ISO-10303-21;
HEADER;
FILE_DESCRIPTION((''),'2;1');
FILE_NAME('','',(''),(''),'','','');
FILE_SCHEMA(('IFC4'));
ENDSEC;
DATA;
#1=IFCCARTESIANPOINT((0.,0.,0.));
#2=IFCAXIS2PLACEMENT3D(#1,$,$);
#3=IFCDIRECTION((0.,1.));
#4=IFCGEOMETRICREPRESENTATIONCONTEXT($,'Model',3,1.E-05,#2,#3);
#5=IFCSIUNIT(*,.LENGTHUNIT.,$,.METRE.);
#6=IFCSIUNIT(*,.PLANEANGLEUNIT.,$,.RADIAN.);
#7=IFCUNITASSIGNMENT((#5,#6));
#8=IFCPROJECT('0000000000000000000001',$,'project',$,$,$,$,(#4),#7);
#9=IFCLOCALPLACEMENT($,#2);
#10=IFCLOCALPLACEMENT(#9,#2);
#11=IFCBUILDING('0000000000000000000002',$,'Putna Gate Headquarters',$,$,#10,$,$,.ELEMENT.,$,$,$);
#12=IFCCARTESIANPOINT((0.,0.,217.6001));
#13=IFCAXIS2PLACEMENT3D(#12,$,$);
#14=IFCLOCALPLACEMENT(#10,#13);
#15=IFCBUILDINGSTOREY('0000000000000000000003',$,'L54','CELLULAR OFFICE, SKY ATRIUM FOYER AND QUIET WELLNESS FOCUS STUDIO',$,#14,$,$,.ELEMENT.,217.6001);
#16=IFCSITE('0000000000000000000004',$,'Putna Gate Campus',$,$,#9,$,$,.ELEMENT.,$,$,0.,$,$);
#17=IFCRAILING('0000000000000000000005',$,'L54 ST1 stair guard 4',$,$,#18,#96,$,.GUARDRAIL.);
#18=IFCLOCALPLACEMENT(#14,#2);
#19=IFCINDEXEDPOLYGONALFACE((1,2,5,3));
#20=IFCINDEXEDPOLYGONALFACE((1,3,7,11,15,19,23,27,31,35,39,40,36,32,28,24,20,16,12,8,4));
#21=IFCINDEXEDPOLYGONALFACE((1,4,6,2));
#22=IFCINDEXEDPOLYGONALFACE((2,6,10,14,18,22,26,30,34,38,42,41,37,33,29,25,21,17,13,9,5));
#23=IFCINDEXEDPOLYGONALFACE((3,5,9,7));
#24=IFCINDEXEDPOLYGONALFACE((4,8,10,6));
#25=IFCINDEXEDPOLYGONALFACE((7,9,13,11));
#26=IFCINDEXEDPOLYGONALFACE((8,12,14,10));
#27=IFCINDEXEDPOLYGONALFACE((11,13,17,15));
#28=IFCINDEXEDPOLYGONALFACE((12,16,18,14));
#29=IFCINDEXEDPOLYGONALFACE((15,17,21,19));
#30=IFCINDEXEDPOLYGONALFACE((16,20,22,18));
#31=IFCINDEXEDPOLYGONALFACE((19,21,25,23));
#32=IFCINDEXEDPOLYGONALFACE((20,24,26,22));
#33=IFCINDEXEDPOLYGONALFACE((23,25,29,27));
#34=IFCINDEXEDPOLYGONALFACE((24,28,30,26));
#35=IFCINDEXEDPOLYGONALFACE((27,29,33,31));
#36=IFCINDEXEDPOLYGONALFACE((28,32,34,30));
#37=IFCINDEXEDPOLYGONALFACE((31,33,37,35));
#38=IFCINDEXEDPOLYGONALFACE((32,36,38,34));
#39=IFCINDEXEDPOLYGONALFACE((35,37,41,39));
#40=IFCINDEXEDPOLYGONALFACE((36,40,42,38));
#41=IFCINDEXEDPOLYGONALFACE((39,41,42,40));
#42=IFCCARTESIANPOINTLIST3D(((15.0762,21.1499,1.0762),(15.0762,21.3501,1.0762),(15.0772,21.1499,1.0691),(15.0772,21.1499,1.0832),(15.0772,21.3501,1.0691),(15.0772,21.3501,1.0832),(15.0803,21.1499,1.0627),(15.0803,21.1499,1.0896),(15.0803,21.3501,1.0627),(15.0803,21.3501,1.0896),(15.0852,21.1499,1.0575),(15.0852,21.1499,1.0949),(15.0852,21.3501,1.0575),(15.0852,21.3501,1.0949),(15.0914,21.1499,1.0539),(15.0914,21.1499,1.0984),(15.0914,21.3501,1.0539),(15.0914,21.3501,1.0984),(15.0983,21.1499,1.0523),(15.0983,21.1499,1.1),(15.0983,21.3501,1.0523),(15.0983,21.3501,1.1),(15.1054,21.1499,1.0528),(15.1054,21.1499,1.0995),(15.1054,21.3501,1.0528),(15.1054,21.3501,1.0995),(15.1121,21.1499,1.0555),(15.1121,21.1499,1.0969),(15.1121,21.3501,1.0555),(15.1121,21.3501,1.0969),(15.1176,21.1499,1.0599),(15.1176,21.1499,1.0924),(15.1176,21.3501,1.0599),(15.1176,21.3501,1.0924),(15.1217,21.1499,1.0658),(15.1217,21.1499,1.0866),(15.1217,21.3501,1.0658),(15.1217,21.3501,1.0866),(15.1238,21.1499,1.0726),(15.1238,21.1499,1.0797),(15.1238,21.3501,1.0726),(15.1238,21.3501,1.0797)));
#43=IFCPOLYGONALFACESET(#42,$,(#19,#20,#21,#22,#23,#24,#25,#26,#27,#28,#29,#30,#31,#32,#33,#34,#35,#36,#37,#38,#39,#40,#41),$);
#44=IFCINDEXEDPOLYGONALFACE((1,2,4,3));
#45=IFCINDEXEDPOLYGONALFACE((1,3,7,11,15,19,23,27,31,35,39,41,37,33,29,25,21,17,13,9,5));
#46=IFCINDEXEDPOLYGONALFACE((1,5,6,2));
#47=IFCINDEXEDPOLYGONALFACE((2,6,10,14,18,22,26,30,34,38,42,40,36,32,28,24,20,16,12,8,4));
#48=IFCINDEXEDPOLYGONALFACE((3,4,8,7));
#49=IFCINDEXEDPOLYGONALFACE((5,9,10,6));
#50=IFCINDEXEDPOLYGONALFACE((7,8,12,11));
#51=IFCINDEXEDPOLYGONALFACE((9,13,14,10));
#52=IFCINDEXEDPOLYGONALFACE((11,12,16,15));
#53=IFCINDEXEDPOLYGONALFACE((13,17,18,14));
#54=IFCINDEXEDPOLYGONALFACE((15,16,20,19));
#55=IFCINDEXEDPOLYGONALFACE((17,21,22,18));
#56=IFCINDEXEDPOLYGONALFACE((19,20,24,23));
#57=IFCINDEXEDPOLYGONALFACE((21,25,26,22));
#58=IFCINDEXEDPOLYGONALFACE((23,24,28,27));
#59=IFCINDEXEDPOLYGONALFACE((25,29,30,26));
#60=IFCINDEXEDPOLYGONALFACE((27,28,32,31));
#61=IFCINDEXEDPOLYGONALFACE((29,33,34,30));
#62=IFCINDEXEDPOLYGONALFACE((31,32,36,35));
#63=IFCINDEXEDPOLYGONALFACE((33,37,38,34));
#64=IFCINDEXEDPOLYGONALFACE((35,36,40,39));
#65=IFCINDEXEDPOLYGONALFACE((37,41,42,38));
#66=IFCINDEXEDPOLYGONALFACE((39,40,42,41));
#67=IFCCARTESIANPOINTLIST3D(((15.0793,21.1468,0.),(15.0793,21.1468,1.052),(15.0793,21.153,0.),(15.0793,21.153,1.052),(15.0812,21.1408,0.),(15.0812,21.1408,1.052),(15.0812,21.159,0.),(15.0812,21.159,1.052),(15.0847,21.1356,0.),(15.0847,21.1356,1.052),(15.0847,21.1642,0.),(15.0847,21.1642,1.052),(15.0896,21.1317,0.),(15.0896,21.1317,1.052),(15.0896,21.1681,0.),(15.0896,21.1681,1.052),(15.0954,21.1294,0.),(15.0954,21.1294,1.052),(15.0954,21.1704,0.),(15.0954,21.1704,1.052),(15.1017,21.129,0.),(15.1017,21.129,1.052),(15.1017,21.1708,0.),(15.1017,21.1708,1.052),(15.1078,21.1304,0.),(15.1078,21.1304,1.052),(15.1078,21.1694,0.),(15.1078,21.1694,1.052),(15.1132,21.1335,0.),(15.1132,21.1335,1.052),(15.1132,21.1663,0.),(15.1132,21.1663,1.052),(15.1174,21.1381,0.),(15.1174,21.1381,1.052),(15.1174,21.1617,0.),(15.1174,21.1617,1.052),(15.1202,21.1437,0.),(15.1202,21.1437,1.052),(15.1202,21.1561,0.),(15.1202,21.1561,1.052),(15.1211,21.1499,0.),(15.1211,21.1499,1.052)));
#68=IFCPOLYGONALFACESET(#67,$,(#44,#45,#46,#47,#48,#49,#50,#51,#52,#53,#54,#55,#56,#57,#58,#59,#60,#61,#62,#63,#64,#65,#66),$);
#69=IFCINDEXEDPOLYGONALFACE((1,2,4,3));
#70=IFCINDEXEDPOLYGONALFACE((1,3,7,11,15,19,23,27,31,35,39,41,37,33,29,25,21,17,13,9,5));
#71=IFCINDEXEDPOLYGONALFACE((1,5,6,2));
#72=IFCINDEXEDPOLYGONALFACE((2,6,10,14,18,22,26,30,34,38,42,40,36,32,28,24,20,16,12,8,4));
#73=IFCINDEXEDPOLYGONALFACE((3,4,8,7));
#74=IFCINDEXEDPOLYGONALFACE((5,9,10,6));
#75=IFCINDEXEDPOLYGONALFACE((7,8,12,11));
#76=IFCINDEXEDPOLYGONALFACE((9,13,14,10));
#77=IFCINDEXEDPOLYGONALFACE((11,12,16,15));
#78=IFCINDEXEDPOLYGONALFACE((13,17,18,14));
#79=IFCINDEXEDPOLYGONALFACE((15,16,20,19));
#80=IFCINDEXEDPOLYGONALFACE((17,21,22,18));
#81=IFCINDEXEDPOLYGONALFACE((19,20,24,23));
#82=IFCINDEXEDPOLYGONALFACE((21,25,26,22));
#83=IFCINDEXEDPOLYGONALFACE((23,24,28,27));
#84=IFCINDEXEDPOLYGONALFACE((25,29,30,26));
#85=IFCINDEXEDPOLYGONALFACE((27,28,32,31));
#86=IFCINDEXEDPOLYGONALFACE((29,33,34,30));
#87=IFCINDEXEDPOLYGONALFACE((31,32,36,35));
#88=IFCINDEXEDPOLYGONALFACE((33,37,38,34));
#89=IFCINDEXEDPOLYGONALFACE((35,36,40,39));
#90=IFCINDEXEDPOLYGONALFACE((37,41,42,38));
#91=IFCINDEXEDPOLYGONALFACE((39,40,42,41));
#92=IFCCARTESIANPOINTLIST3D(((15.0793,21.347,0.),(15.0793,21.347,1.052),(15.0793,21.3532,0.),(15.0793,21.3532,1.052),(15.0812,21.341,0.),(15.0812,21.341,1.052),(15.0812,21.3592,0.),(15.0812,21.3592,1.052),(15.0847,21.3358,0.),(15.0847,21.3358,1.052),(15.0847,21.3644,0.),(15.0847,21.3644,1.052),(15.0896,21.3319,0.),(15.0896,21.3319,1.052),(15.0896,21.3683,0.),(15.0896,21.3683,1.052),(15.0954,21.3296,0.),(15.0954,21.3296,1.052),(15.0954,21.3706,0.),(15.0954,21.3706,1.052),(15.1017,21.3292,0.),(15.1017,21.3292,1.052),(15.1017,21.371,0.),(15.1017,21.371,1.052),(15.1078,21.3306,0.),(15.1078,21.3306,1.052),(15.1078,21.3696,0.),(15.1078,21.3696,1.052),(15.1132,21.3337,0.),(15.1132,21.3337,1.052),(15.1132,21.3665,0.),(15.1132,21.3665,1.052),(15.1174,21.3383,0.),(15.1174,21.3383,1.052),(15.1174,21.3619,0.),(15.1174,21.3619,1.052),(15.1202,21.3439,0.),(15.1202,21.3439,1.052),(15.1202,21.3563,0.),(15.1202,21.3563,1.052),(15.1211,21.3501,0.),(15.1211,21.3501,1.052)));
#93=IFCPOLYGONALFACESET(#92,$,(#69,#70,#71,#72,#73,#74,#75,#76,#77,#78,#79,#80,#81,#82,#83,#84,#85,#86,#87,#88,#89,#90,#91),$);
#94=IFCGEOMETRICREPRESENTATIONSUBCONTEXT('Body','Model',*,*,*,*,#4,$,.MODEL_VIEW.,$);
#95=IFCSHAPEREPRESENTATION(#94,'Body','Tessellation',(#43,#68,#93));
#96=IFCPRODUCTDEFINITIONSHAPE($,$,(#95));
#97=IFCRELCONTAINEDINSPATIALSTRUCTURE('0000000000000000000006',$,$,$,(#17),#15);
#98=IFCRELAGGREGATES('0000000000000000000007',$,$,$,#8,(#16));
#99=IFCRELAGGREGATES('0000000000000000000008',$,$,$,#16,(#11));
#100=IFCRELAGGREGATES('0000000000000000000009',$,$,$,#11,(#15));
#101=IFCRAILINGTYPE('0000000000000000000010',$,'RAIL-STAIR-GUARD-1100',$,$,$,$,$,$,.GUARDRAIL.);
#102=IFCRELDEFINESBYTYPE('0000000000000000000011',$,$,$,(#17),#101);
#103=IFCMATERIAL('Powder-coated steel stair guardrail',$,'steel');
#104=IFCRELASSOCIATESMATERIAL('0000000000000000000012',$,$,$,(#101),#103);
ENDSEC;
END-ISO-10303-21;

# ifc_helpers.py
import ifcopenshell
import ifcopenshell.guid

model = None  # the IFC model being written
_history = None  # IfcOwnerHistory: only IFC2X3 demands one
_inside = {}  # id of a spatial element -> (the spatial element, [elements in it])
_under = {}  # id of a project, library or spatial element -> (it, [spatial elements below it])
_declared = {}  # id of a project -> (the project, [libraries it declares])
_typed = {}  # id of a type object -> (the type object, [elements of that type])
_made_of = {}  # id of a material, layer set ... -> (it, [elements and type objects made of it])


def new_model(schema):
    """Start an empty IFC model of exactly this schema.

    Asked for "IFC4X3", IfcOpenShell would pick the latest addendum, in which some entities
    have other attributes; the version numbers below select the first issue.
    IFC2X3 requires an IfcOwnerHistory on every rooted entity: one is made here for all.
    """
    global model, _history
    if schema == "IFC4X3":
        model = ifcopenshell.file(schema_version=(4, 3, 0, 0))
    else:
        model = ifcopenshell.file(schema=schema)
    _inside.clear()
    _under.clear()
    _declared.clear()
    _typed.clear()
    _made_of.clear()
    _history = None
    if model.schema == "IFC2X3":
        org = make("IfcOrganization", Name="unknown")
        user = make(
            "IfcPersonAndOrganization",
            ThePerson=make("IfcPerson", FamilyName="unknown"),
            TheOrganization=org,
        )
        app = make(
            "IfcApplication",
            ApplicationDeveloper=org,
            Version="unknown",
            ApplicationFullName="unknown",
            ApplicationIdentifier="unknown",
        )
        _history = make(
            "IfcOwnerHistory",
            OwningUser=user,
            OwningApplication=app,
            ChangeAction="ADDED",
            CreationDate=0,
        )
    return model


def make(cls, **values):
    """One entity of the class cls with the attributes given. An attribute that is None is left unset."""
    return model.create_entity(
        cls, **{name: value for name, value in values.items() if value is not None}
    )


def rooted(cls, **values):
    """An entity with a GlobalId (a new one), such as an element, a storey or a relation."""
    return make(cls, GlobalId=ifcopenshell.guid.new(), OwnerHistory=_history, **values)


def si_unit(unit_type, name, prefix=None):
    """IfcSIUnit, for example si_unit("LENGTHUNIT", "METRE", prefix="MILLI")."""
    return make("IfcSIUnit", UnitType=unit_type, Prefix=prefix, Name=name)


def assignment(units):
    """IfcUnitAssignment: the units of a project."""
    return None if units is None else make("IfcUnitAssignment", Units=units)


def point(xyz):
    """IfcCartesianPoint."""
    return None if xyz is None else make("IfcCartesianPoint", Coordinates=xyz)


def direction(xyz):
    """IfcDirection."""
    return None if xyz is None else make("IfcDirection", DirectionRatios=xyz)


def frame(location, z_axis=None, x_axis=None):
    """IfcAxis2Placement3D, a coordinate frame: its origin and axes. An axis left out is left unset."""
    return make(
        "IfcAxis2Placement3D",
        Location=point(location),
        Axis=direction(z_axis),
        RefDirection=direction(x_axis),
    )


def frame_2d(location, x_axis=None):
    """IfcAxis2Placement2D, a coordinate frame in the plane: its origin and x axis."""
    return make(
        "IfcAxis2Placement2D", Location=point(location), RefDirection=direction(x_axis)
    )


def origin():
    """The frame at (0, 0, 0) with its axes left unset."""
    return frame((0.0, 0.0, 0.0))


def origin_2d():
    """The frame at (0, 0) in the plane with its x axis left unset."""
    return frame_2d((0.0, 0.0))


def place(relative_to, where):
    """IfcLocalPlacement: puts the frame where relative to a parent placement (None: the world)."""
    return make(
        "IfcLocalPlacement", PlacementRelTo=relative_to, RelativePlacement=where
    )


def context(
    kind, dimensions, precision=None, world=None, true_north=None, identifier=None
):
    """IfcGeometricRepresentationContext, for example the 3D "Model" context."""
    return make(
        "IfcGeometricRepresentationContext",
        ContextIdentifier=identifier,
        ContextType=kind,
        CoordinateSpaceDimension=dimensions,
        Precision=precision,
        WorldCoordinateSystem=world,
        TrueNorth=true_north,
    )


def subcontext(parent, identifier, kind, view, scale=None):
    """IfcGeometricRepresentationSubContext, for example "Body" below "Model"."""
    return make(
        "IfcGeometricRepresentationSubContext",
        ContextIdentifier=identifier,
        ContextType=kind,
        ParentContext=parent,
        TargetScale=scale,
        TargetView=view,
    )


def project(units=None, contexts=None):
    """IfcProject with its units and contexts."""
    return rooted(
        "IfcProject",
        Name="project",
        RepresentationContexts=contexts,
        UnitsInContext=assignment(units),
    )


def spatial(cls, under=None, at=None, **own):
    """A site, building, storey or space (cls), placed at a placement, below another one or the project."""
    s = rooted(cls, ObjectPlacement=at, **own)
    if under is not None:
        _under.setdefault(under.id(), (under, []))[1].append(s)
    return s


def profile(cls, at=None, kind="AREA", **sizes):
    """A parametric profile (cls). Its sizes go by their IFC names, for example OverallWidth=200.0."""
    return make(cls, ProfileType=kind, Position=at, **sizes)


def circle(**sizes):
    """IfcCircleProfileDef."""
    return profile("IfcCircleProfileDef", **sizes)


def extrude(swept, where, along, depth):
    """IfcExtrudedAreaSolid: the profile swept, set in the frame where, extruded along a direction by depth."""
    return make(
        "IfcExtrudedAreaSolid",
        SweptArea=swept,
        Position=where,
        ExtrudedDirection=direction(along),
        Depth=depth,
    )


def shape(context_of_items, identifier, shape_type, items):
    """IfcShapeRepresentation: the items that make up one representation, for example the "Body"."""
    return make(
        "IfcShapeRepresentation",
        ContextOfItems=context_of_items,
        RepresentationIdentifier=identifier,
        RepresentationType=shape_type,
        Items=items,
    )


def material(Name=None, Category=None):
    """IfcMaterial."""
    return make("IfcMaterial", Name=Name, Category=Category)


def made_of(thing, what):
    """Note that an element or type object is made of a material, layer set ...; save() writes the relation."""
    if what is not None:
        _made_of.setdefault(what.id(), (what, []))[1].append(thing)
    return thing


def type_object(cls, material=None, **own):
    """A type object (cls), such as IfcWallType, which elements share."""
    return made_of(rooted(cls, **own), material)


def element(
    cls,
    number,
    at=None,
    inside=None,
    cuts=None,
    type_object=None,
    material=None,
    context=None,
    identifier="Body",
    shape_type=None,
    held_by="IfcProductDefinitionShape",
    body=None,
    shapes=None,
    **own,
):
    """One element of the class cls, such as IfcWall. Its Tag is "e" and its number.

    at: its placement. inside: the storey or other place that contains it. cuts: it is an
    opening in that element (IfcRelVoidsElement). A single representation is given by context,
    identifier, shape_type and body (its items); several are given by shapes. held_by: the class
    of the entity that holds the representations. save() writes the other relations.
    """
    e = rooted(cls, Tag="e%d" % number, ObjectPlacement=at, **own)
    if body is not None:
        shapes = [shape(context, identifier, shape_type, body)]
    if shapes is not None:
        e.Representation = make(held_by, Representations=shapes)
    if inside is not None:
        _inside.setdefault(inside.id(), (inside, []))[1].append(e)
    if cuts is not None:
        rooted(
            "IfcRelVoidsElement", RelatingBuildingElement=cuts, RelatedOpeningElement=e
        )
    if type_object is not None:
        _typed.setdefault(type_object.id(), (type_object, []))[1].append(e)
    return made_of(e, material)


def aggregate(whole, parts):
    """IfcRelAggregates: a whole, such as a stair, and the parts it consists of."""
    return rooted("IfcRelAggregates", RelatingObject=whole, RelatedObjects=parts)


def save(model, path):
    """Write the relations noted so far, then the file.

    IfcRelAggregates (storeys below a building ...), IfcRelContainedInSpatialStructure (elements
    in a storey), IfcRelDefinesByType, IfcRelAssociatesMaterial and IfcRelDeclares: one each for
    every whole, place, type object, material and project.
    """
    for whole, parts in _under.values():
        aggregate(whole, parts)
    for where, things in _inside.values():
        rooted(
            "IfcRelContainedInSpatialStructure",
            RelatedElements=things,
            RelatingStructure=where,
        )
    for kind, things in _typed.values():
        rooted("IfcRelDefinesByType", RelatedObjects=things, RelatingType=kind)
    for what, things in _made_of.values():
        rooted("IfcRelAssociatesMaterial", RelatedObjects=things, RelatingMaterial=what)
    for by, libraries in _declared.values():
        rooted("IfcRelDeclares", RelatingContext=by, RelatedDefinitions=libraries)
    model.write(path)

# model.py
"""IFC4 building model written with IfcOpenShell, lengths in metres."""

from ifc_helpers import new_model, si_unit, direction, frame, origin, origin_2d, place, context, subcontext, project, spatial, circle, extrude, material, type_object, element, save


model = new_model("IFC4")

# Units and contexts
model_context = context("Model", 3, precision=1e-05, world=origin(), true_north=direction((0.0, 1.0)))
body_context = subcontext(model_context, "Body", "Model", "MODEL_VIEW")
ifc_project = project(units=[si_unit("LENGTHUNIT", "METRE"), si_unit("PLANEANGLEUNIT", "RADIAN")], contexts=[model_context])

# Site, building, storey
site_placement = place(None, origin())
site = spatial("IfcSite", under=ifc_project, at=site_placement, Name="Putna Gate Campus", CompositionType="ELEMENT", RefElevation=0.0)
building_placement = place(site_placement, origin())
building = spatial("IfcBuilding", under=site, at=building_placement, Name="Putna Gate Headquarters", CompositionType="ELEMENT")
storey_placement = place(building_placement, frame((0.0, 0.0, 217.6001)))
storey = spatial("IfcBuildingStorey", under=building, at=storey_placement, Name="L54", Description="CELLULAR OFFICE, SKY ATRIUM FOYER AND QUIET WELLNESS FOCUS STUDIO", CompositionType="ELEMENT", Elevation=217.6001)

# Railing
ifc_material_1 = material(Name="Powder-coated steel stair guardrail", Category="steel")
railing_type_1 = type_object("IfcRailingType", Name="RAIL-STAIR-GUARD-1100", PredefinedType="GUARDRAIL", material=ifc_material_1)
railing_1_placement = place(storey_placement, frame((15.1001, 21.1499, 0.0)))
element("IfcRailing", 1, at=railing_1_placement, inside=storey, type_object=railing_type_1, Name="L54 ST1 stair guard 4", PredefinedType="GUARDRAIL", context=body_context, shape_type="SweptSolid", body=[
    extrude(circle(Radius=0.0239, at=origin_2d()), frame((0.0, 0.0, 1.0762), z_axis=(0.0, 1.0, 0.0), x_axis=(-1.0, 0.0, 0.0)), (0.0, 0.0, 1.0), 0.2002),
    extrude(circle(Radius=0.021, at=origin_2d()), origin(), (0.0, 0.0, 1.0), 1.052),
    extrude(circle(Radius=0.021, at=origin_2d()), frame((0.0, 0.2002, 0.0)), (0.0, 0.0, 1.0), 1.052),
])

save(model, "model.ifc")
